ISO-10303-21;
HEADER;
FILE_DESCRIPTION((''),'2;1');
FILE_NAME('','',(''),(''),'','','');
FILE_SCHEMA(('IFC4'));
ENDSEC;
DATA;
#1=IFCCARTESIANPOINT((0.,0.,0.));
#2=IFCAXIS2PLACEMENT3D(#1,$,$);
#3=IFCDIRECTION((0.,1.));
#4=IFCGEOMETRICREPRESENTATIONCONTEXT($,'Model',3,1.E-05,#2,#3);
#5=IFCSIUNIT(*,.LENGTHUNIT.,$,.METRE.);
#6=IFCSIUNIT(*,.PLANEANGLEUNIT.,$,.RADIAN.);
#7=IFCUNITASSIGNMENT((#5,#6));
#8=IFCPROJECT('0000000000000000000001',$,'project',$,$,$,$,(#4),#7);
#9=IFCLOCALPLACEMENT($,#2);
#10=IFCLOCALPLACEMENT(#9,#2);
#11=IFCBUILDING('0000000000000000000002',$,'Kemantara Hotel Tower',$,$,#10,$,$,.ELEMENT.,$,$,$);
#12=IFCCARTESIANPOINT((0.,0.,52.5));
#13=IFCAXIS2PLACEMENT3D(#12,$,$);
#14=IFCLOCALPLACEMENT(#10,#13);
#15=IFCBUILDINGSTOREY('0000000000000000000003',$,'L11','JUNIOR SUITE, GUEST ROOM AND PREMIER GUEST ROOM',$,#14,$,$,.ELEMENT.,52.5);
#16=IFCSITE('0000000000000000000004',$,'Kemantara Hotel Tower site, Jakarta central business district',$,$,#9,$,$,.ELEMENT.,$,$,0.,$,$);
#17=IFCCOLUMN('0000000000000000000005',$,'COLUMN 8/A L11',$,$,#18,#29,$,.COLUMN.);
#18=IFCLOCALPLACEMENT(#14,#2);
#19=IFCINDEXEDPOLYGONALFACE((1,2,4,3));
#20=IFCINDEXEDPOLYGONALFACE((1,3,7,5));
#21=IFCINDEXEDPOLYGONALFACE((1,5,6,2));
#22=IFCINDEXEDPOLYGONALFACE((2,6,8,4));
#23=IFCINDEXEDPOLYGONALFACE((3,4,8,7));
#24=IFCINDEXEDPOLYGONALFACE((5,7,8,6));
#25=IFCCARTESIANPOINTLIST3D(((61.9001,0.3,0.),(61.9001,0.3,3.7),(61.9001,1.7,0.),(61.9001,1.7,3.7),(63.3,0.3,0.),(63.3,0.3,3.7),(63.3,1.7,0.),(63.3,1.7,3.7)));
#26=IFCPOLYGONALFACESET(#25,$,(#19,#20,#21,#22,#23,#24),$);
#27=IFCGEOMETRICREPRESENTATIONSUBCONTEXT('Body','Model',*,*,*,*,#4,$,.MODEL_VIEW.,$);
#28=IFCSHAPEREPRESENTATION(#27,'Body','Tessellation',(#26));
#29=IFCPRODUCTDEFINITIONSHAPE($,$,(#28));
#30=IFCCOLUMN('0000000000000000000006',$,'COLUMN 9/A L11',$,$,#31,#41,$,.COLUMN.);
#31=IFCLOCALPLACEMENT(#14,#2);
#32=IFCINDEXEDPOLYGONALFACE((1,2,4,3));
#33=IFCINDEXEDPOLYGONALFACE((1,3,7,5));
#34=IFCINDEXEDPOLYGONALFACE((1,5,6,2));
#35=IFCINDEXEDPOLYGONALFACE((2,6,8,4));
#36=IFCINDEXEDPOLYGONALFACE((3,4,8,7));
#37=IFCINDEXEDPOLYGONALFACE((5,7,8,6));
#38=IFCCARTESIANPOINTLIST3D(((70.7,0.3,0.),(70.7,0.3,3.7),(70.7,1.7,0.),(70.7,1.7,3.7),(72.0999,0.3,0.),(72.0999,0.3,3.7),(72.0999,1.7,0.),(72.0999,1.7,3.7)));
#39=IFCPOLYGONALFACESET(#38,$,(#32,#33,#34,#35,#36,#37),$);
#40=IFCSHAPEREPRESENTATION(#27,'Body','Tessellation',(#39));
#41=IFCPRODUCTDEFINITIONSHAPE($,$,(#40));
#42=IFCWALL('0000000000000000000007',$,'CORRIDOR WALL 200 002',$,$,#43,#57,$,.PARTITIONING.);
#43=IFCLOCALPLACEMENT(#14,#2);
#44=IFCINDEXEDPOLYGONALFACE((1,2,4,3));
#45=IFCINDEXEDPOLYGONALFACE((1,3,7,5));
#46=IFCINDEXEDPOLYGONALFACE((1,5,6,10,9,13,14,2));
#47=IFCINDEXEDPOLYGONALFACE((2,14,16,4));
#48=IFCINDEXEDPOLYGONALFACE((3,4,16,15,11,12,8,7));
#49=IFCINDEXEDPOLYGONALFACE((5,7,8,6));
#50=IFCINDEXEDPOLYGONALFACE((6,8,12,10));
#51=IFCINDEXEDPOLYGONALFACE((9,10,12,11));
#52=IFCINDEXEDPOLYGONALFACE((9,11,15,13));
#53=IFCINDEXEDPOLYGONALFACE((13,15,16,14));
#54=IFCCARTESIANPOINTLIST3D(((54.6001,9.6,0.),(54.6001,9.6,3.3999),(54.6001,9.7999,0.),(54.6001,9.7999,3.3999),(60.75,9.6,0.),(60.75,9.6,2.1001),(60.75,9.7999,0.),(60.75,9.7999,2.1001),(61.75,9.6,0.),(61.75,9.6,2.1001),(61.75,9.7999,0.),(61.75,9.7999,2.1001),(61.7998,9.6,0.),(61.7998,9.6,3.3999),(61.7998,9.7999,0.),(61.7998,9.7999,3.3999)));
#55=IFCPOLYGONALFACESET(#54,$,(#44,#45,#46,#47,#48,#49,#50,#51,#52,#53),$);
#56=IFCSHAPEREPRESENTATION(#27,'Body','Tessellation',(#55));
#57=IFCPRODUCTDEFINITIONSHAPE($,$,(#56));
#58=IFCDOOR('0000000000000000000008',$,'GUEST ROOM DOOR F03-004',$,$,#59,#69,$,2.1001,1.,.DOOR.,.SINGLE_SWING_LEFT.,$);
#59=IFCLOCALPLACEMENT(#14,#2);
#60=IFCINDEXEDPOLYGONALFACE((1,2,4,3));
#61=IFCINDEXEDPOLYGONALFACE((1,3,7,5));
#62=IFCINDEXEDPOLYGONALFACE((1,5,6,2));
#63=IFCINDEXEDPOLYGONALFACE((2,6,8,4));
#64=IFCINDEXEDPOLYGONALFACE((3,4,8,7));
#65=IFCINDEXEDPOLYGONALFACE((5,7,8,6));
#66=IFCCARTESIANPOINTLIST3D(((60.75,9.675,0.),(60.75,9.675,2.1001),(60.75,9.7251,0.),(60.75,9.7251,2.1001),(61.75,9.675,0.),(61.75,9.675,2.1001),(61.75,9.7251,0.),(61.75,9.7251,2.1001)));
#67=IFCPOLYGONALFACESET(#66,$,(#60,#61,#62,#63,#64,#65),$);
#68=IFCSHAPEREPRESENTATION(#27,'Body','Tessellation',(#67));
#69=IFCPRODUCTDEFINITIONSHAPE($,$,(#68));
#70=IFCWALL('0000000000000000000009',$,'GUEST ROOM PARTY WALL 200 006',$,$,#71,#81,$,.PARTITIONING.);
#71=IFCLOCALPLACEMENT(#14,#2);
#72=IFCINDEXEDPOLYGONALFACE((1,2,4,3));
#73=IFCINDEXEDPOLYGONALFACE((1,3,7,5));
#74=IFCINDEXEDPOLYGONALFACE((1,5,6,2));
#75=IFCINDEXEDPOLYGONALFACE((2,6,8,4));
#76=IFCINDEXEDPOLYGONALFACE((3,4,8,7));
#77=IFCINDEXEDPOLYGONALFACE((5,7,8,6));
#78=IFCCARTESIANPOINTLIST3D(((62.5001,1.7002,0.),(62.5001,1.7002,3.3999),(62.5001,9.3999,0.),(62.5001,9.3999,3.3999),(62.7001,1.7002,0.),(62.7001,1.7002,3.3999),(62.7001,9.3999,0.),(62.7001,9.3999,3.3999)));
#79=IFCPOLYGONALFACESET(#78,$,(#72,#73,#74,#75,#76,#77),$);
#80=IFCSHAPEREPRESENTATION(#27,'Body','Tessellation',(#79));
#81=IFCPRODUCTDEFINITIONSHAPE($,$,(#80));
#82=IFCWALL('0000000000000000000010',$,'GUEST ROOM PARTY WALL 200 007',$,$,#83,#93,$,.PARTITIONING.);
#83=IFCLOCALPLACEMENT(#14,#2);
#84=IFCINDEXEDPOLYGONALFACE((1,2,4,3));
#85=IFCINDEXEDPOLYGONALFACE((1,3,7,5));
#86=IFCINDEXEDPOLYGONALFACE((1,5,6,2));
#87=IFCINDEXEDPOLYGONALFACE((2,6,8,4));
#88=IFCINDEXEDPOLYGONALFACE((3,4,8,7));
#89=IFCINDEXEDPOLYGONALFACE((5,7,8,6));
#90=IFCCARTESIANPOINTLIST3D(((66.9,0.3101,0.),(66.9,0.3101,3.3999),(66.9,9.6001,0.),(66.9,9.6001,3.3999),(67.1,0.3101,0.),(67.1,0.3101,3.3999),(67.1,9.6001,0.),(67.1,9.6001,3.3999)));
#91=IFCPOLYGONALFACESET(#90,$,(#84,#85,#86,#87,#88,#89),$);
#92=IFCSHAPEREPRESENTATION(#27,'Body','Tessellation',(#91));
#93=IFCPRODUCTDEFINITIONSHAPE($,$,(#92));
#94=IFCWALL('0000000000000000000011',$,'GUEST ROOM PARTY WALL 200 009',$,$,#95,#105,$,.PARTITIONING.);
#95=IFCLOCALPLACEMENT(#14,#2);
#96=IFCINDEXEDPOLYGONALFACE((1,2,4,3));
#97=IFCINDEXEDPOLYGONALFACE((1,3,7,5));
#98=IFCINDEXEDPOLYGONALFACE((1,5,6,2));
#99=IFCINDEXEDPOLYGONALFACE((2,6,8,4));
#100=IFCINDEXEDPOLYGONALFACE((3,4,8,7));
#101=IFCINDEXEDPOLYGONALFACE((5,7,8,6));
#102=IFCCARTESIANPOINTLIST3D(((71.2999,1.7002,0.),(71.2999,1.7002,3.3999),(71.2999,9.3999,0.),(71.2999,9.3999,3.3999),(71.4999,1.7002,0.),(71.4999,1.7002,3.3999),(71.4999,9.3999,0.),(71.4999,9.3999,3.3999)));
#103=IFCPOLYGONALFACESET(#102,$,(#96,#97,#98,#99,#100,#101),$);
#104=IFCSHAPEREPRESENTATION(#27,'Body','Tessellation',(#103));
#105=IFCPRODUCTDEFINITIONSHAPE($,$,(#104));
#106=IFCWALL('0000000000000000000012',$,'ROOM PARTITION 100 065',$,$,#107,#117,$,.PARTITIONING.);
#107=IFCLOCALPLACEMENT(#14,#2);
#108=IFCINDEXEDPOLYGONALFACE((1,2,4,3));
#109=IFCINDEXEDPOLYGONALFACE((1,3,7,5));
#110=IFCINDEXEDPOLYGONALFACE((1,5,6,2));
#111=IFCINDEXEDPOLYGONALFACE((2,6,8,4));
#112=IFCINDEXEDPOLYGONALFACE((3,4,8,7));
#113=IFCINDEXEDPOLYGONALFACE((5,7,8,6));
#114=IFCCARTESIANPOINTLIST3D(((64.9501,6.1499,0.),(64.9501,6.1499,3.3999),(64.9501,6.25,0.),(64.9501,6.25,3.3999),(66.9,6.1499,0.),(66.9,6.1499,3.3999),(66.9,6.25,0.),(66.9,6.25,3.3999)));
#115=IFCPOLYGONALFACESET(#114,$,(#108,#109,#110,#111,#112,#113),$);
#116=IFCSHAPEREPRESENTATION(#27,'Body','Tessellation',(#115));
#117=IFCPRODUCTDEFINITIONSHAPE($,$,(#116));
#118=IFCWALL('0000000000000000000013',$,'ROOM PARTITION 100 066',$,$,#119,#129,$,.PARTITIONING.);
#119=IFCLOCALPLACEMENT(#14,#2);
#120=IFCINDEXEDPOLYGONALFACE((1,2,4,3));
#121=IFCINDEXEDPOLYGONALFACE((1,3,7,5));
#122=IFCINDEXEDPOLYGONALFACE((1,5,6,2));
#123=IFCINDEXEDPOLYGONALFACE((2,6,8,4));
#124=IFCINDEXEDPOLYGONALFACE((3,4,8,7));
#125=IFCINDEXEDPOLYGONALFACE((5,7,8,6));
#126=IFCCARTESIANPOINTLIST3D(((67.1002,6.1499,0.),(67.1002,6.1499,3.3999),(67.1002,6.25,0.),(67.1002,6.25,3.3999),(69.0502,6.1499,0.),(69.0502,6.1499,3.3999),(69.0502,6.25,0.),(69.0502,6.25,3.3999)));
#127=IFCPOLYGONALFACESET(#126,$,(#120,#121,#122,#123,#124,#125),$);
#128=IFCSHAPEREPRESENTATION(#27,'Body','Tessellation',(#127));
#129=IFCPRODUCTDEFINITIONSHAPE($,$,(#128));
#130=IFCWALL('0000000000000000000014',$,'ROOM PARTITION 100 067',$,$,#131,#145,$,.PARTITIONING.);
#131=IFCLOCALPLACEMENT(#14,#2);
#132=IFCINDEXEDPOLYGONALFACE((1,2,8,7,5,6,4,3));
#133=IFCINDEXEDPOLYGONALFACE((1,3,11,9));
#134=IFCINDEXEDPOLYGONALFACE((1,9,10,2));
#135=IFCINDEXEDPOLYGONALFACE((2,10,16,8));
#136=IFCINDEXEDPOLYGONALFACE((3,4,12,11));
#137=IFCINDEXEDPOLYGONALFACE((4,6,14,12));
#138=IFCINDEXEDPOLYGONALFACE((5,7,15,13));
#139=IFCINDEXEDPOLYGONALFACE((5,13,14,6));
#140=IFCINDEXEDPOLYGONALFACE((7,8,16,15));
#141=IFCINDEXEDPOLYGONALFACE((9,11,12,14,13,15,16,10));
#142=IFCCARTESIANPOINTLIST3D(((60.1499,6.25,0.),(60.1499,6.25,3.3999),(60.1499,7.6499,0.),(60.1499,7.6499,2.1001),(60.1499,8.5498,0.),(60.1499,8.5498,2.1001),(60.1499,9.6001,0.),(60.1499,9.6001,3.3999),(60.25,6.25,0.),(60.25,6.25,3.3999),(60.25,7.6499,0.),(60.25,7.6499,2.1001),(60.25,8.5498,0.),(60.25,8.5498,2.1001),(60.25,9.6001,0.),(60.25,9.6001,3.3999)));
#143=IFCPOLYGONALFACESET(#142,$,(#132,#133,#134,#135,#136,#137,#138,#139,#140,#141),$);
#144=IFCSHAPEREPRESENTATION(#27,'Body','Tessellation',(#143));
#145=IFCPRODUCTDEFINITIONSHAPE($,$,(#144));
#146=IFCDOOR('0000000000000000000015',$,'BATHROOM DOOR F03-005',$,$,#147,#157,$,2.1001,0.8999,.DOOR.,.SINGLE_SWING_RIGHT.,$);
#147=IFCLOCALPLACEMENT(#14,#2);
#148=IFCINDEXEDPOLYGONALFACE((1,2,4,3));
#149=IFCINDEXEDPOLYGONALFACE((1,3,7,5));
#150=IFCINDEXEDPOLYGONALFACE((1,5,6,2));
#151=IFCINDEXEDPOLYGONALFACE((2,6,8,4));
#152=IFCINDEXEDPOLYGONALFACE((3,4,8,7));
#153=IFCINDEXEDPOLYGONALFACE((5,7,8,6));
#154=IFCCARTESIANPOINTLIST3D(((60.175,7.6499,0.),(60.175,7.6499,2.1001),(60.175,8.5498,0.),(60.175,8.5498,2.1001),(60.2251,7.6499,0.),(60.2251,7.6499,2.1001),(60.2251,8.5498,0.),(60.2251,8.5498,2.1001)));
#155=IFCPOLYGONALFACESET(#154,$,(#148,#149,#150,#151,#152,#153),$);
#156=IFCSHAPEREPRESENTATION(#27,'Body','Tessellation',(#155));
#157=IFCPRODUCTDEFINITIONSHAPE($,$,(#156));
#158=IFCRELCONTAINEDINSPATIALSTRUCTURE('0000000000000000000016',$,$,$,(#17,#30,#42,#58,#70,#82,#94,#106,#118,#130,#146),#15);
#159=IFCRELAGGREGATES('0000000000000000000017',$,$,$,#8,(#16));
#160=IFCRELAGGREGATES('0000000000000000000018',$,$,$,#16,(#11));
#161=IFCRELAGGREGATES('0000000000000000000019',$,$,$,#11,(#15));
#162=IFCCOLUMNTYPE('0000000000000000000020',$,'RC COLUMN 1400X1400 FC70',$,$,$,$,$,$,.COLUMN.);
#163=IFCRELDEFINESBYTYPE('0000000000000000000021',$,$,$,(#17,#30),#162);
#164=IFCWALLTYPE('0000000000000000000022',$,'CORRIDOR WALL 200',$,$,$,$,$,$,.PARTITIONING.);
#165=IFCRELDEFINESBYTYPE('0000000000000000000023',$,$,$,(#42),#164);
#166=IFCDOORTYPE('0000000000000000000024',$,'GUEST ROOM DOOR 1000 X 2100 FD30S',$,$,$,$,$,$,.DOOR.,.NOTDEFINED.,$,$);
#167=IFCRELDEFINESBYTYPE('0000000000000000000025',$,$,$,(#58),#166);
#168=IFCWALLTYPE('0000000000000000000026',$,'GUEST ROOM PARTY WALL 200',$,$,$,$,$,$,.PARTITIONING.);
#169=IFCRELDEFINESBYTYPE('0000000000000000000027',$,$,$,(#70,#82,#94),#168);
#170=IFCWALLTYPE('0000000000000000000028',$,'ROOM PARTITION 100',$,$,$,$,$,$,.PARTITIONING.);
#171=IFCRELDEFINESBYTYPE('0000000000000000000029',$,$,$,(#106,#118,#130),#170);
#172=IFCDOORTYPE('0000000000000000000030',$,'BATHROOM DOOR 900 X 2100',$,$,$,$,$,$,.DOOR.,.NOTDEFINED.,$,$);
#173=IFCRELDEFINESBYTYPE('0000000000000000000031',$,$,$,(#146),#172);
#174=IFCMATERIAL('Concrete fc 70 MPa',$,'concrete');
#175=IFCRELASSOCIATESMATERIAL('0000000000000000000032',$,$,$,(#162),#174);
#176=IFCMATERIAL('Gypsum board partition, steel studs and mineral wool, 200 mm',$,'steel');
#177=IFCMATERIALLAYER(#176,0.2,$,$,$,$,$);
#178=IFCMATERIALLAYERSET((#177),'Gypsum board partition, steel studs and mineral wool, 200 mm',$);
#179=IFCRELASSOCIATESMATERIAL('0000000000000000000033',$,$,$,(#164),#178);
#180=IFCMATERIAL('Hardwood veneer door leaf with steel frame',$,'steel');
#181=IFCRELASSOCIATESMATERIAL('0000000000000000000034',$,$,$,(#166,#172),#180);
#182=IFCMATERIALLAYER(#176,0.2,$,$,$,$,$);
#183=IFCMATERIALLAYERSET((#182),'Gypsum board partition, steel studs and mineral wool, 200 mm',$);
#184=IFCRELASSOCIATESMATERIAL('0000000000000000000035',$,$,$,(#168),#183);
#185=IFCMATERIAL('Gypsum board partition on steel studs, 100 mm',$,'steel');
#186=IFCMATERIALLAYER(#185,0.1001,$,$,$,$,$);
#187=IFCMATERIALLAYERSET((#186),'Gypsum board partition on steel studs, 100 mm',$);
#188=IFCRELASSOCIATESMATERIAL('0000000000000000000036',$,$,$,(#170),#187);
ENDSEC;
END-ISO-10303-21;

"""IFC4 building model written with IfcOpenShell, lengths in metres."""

from ifc_helpers import new_model, si_unit, direction, frame, frame_2d, origin, origin_2d, place, context, subcontext, project, spatial, rectangle, extrude, material, layer, layer_set, material_profile, profile_set, type_object, element, fill, save


model = new_model("IFC4")

# Units and contexts
model_context = context("Model", 3, precision=1e-05, world=origin(), true_north=direction((0.0, 1.0)))
body_context = subcontext(model_context, "Body", "Model", "MODEL_VIEW")
ifc_project = project(units=[si_unit("LENGTHUNIT", "METRE"), si_unit("PLANEANGLEUNIT", "RADIAN")], contexts=[model_context])

# Site, building, storey
site_placement = place(None, origin())
site = spatial("IfcSite", under=ifc_project, at=site_placement, Name="Kemantara Hotel Tower site, Jakarta central business district", CompositionType="ELEMENT", RefElevation=0.0)
building_placement = place(site_placement, origin())
building = spatial("IfcBuilding", under=site, at=building_placement, Name="Kemantara Hotel Tower", CompositionType="ELEMENT")
storey_placement = place(building_placement, frame((0.0, 0.0, 52.5)))
storey = spatial("IfcBuildingStorey", under=building, at=storey_placement, Name="L11", Description="JUNIOR SUITE, GUEST ROOM AND PREMIER GUEST ROOM", CompositionType="ELEMENT", Elevation=52.5)

# Columns
ifc_material_1 = material(Name="Concrete fc 70 MPa", Category="concrete")
ifc_material_profile = material_profile(ifc_material_1, rectangle(XDim=1.3999, YDim=1.3999, at=origin_2d()), Name="RC 1400X1400")
ifc_profile_set = profile_set([ifc_material_profile], Name="Concrete fc 70 MPa")
column_type = type_object("IfcColumnType", Name="RC COLUMN 1400X1400 FC70", PredefinedType="COLUMN", material=ifc_profile_set)
for number, where, z_axis, x_axis, name in (
    (1, (62.6001, 1.0, 0.0), (0.0, 0.0, 1.0), (1.0, 0.0, 0.0), "COLUMN 8/A L11"),
    (2, (71.3999, 1.0, 0.0), (0.0, 0.0, 1.0), (1.0, 0.0, 0.0), "COLUMN 9/A L11"),
):
    element("IfcColumn", number, at=place(storey_placement, frame(where, z_axis=z_axis, x_axis=x_axis)), inside=storey, type_object=column_type, Name=name, PredefinedType="COLUMN", context=body_context, shape_type="SweptSolid", body=[
        extrude(rectangle(XDim=1.3999, YDim=1.3999, at=origin_2d()), origin(), (0.0, 0.0, 1.0), 3.7),
    ])

# Wall, opening, door
ifc_material_2 = material(Name="Gypsum board partition, steel studs and mineral wool, 200 mm", Category="steel")
ifc_layer_1 = layer(ifc_material_2, 0.2)
ifc_layer_set_1 = layer_set([ifc_layer_1], Name="Gypsum board partition, steel studs and mineral wool, 200 mm")
wall_type_1 = type_object("IfcWallType", Name="CORRIDOR WALL 200", PredefinedType="PARTITIONING", material=ifc_layer_set_1)
wall_1_placement = place(storey_placement, frame((61.7998, 9.7, 0.0), z_axis=(0.0, 0.0, 1.0), x_axis=(-1.0, 0.0, 0.0)))
wall_1 = element("IfcWall", 3, at=wall_1_placement, inside=storey, type_object=wall_type_1, Name="CORRIDOR WALL 200 002", PredefinedType="PARTITIONING", context=body_context, shape_type="SweptSolid", body=[
    extrude(rectangle(XDim=7.1997, YDim=0.2, at=frame_2d((3.5999, 0.0))), origin(), (0.0, 0.0, 1.0), 3.3999),
])
opening_1_placement = place(wall_1_placement, frame((0.0498, 0.0, 0.0)))
opening_1 = element("IfcOpeningElement", 4, at=opening_1_placement, cuts=wall_1, PredefinedType="OPENING", context=body_context, shape_type="SweptSolid", body=[
    extrude(rectangle(XDim=1.0, YDim=2.1001, at=frame_2d((0.5, 1.05))), frame((0.0, 0.1099, 0.0), z_axis=(0.0, -1.0, 0.0), x_axis=(1.0, 0.0, 0.0)), (0.0, 0.0, 1.0), 0.22),
])
ifc_material_3 = material(Name="Hardwood veneer door leaf with steel frame", Category="steel")
door_type_1 = type_object("IfcDoorType", Name="GUEST ROOM DOOR 1000 X 2100 FD30S", OperationType="NOTDEFINED", PredefinedType="DOOR", material=ifc_material_3)
door_1_placement = place(opening_1_placement, origin())
door_1 = element("IfcDoor", 5, at=door_1_placement, inside=storey, type_object=door_type_1, Name="GUEST ROOM DOOR F03-004", OperationType="SINGLE_SWING_LEFT", OverallHeight=2.1001, OverallWidth=1.0, PredefinedType="DOOR", context=body_context, shape_type="SweptSolid", body=[
    extrude(rectangle(XDim=1.0, YDim=2.1001, at=frame_2d((0.5, 1.05))), frame((0.0, 0.0249, 0.0), z_axis=(0.0, -1.0, 0.0), x_axis=(1.0, 0.0, 0.0)), (0.0, 0.0, 1.0), 0.05),
])
fill(opening_1, door_1)

# Walls
ifc_layer_2 = layer(ifc_material_2, 0.2)
ifc_layer_set_2 = layer_set([ifc_layer_2], Name="Gypsum board partition, steel studs and mineral wool, 200 mm")
wall_type_2 = type_object("IfcWallType", Name="GUEST ROOM PARTY WALL 200", PredefinedType="PARTITIONING", material=ifc_layer_set_2)
wall_2_placement = place(storey_placement, frame((62.6001, 1.7002, 0.0), z_axis=(0.0, 0.0, 1.0), x_axis=(0.0, 1.0, 0.0)))
element("IfcWall", 6, at=wall_2_placement, inside=storey, type_object=wall_type_2, Name="GUEST ROOM PARTY WALL 200 006", PredefinedType="PARTITIONING", context=body_context, shape_type="SweptSolid", body=[
    extrude(rectangle(XDim=7.6997, YDim=0.2, at=frame_2d((3.8499, 0.0))), origin(), (0.0, 0.0, 1.0), 3.3999),
])
wall_3_placement = place(storey_placement, frame((67.0, 0.3101, 0.0), z_axis=(0.0, 0.0, 1.0), x_axis=(0.0, 1.0, 0.0)))
element("IfcWall", 7, at=wall_3_placement, inside=storey, type_object=wall_type_2, Name="GUEST ROOM PARTY WALL 200 007", PredefinedType="PARTITIONING", context=body_context, shape_type="SweptSolid", body=[
    extrude(rectangle(XDim=9.29, YDim=0.2, at=frame_2d((4.645, 0.0))), origin(), (0.0, 0.0, 1.0), 3.3999),
])
wall_4_placement = place(storey_placement, frame((71.3999, 1.7002, 0.0), z_axis=(0.0, 0.0, 1.0), x_axis=(0.0, 1.0, 0.0)))
element("IfcWall", 8, at=wall_4_placement, inside=storey, type_object=wall_type_2, Name="GUEST ROOM PARTY WALL 200 009", PredefinedType="PARTITIONING", context=body_context, shape_type="SweptSolid", body=[
    extrude(rectangle(XDim=7.6997, YDim=0.2, at=frame_2d((3.8499, 0.0))), origin(), (0.0, 0.0, 1.0), 3.3999),
])
ifc_material_4 = material(Name="Gypsum board partition on steel studs, 100 mm", Category="steel")
ifc_layer_3 = layer(ifc_material_4, 0.1001)
ifc_layer_set_3 = layer_set([ifc_layer_3], Name="Gypsum board partition on steel studs, 100 mm")
wall_type_3 = type_object("IfcWallType", Name="ROOM PARTITION 100", PredefinedType="PARTITIONING", material=ifc_layer_set_3)
for number, where, z_axis, x_axis, name in (
    (9, (64.95, 6.2, 0.0), (0.0, 0.0, 1.0), (1.0, 0.0, 0.0), "ROOM PARTITION 100 065"),
    (10, (67.1001, 6.2, 0.0), (0.0, 0.0, 1.0), (1.0, 0.0, 0.0), "ROOM PARTITION 100 066"),
):
    element("IfcWall", number, at=place(storey_placement, frame(where, z_axis=z_axis, x_axis=x_axis)), inside=storey, type_object=wall_type_3, Name=name, PredefinedType="PARTITIONING", context=body_context, shape_type="SweptSolid", body=[
        extrude(rectangle(XDim=1.95, YDim=0.1001, at=frame_2d((0.9751, 0.0))), origin(), (0.0, 0.0, 1.0), 3.3999),
    ])

# Wall, opening, door
wall_5_placement = place(storey_placement, frame((60.2, 6.25, 0.0), z_axis=(0.0, 0.0, 1.0), x_axis=(0.0, 1.0, 0.0)))
wall_5 = element("IfcWall", 11, at=wall_5_placement, inside=storey, type_object=wall_type_3, Name="ROOM PARTITION 100 067", PredefinedType="PARTITIONING", context=body_context, shape_type="SweptSolid", body=[
    extrude(rectangle(XDim=3.3501, YDim=0.1001, at=frame_2d((1.675, 0.0))), origin(), (0.0, 0.0, 1.0), 3.3999),
])
opening_2_placement = place(wall_5_placement, frame((1.3999, 0.0, 0.0)))
opening_2 = element("IfcOpeningElement", 12, at=opening_2_placement, cuts=wall_5, PredefinedType="OPENING", context=body_context, shape_type="SweptSolid", body=[
    extrude(rectangle(XDim=0.8999, YDim=2.1001, at=frame_2d((0.45, 1.05))), frame((0.0, 0.0601, 0.0), z_axis=(0.0, -1.0, 0.0), x_axis=(1.0, 0.0, 0.0)), (0.0, 0.0, 1.0), 0.1201),
])
door_type_2 = type_object("IfcDoorType", Name="BATHROOM DOOR 900 X 2100", OperationType="NOTDEFINED", PredefinedType="DOOR", material=ifc_material_3)
door_2_placement = place(opening_2_placement, origin())
door_2 = element("IfcDoor", 13, at=door_2_placement, inside=storey, type_object=door_type_2, Name="BATHROOM DOOR F03-005", OperationType="SINGLE_SWING_RIGHT", OverallHeight=2.1001, OverallWidth=0.8999, PredefinedType="DOOR", context=body_context, shape_type="SweptSolid", body=[
    extrude(rectangle(XDim=0.8999, YDim=2.1001, at=frame_2d((0.45, 1.05))), frame((0.0, 0.0249, 0.0), z_axis=(0.0, -1.0, 0.0), x_axis=(1.0, 0.0, 0.0)), (0.0, 0.0, 1.0), 0.05),
])
fill(opening_2, door_2)

save(model, "model.ifc")
